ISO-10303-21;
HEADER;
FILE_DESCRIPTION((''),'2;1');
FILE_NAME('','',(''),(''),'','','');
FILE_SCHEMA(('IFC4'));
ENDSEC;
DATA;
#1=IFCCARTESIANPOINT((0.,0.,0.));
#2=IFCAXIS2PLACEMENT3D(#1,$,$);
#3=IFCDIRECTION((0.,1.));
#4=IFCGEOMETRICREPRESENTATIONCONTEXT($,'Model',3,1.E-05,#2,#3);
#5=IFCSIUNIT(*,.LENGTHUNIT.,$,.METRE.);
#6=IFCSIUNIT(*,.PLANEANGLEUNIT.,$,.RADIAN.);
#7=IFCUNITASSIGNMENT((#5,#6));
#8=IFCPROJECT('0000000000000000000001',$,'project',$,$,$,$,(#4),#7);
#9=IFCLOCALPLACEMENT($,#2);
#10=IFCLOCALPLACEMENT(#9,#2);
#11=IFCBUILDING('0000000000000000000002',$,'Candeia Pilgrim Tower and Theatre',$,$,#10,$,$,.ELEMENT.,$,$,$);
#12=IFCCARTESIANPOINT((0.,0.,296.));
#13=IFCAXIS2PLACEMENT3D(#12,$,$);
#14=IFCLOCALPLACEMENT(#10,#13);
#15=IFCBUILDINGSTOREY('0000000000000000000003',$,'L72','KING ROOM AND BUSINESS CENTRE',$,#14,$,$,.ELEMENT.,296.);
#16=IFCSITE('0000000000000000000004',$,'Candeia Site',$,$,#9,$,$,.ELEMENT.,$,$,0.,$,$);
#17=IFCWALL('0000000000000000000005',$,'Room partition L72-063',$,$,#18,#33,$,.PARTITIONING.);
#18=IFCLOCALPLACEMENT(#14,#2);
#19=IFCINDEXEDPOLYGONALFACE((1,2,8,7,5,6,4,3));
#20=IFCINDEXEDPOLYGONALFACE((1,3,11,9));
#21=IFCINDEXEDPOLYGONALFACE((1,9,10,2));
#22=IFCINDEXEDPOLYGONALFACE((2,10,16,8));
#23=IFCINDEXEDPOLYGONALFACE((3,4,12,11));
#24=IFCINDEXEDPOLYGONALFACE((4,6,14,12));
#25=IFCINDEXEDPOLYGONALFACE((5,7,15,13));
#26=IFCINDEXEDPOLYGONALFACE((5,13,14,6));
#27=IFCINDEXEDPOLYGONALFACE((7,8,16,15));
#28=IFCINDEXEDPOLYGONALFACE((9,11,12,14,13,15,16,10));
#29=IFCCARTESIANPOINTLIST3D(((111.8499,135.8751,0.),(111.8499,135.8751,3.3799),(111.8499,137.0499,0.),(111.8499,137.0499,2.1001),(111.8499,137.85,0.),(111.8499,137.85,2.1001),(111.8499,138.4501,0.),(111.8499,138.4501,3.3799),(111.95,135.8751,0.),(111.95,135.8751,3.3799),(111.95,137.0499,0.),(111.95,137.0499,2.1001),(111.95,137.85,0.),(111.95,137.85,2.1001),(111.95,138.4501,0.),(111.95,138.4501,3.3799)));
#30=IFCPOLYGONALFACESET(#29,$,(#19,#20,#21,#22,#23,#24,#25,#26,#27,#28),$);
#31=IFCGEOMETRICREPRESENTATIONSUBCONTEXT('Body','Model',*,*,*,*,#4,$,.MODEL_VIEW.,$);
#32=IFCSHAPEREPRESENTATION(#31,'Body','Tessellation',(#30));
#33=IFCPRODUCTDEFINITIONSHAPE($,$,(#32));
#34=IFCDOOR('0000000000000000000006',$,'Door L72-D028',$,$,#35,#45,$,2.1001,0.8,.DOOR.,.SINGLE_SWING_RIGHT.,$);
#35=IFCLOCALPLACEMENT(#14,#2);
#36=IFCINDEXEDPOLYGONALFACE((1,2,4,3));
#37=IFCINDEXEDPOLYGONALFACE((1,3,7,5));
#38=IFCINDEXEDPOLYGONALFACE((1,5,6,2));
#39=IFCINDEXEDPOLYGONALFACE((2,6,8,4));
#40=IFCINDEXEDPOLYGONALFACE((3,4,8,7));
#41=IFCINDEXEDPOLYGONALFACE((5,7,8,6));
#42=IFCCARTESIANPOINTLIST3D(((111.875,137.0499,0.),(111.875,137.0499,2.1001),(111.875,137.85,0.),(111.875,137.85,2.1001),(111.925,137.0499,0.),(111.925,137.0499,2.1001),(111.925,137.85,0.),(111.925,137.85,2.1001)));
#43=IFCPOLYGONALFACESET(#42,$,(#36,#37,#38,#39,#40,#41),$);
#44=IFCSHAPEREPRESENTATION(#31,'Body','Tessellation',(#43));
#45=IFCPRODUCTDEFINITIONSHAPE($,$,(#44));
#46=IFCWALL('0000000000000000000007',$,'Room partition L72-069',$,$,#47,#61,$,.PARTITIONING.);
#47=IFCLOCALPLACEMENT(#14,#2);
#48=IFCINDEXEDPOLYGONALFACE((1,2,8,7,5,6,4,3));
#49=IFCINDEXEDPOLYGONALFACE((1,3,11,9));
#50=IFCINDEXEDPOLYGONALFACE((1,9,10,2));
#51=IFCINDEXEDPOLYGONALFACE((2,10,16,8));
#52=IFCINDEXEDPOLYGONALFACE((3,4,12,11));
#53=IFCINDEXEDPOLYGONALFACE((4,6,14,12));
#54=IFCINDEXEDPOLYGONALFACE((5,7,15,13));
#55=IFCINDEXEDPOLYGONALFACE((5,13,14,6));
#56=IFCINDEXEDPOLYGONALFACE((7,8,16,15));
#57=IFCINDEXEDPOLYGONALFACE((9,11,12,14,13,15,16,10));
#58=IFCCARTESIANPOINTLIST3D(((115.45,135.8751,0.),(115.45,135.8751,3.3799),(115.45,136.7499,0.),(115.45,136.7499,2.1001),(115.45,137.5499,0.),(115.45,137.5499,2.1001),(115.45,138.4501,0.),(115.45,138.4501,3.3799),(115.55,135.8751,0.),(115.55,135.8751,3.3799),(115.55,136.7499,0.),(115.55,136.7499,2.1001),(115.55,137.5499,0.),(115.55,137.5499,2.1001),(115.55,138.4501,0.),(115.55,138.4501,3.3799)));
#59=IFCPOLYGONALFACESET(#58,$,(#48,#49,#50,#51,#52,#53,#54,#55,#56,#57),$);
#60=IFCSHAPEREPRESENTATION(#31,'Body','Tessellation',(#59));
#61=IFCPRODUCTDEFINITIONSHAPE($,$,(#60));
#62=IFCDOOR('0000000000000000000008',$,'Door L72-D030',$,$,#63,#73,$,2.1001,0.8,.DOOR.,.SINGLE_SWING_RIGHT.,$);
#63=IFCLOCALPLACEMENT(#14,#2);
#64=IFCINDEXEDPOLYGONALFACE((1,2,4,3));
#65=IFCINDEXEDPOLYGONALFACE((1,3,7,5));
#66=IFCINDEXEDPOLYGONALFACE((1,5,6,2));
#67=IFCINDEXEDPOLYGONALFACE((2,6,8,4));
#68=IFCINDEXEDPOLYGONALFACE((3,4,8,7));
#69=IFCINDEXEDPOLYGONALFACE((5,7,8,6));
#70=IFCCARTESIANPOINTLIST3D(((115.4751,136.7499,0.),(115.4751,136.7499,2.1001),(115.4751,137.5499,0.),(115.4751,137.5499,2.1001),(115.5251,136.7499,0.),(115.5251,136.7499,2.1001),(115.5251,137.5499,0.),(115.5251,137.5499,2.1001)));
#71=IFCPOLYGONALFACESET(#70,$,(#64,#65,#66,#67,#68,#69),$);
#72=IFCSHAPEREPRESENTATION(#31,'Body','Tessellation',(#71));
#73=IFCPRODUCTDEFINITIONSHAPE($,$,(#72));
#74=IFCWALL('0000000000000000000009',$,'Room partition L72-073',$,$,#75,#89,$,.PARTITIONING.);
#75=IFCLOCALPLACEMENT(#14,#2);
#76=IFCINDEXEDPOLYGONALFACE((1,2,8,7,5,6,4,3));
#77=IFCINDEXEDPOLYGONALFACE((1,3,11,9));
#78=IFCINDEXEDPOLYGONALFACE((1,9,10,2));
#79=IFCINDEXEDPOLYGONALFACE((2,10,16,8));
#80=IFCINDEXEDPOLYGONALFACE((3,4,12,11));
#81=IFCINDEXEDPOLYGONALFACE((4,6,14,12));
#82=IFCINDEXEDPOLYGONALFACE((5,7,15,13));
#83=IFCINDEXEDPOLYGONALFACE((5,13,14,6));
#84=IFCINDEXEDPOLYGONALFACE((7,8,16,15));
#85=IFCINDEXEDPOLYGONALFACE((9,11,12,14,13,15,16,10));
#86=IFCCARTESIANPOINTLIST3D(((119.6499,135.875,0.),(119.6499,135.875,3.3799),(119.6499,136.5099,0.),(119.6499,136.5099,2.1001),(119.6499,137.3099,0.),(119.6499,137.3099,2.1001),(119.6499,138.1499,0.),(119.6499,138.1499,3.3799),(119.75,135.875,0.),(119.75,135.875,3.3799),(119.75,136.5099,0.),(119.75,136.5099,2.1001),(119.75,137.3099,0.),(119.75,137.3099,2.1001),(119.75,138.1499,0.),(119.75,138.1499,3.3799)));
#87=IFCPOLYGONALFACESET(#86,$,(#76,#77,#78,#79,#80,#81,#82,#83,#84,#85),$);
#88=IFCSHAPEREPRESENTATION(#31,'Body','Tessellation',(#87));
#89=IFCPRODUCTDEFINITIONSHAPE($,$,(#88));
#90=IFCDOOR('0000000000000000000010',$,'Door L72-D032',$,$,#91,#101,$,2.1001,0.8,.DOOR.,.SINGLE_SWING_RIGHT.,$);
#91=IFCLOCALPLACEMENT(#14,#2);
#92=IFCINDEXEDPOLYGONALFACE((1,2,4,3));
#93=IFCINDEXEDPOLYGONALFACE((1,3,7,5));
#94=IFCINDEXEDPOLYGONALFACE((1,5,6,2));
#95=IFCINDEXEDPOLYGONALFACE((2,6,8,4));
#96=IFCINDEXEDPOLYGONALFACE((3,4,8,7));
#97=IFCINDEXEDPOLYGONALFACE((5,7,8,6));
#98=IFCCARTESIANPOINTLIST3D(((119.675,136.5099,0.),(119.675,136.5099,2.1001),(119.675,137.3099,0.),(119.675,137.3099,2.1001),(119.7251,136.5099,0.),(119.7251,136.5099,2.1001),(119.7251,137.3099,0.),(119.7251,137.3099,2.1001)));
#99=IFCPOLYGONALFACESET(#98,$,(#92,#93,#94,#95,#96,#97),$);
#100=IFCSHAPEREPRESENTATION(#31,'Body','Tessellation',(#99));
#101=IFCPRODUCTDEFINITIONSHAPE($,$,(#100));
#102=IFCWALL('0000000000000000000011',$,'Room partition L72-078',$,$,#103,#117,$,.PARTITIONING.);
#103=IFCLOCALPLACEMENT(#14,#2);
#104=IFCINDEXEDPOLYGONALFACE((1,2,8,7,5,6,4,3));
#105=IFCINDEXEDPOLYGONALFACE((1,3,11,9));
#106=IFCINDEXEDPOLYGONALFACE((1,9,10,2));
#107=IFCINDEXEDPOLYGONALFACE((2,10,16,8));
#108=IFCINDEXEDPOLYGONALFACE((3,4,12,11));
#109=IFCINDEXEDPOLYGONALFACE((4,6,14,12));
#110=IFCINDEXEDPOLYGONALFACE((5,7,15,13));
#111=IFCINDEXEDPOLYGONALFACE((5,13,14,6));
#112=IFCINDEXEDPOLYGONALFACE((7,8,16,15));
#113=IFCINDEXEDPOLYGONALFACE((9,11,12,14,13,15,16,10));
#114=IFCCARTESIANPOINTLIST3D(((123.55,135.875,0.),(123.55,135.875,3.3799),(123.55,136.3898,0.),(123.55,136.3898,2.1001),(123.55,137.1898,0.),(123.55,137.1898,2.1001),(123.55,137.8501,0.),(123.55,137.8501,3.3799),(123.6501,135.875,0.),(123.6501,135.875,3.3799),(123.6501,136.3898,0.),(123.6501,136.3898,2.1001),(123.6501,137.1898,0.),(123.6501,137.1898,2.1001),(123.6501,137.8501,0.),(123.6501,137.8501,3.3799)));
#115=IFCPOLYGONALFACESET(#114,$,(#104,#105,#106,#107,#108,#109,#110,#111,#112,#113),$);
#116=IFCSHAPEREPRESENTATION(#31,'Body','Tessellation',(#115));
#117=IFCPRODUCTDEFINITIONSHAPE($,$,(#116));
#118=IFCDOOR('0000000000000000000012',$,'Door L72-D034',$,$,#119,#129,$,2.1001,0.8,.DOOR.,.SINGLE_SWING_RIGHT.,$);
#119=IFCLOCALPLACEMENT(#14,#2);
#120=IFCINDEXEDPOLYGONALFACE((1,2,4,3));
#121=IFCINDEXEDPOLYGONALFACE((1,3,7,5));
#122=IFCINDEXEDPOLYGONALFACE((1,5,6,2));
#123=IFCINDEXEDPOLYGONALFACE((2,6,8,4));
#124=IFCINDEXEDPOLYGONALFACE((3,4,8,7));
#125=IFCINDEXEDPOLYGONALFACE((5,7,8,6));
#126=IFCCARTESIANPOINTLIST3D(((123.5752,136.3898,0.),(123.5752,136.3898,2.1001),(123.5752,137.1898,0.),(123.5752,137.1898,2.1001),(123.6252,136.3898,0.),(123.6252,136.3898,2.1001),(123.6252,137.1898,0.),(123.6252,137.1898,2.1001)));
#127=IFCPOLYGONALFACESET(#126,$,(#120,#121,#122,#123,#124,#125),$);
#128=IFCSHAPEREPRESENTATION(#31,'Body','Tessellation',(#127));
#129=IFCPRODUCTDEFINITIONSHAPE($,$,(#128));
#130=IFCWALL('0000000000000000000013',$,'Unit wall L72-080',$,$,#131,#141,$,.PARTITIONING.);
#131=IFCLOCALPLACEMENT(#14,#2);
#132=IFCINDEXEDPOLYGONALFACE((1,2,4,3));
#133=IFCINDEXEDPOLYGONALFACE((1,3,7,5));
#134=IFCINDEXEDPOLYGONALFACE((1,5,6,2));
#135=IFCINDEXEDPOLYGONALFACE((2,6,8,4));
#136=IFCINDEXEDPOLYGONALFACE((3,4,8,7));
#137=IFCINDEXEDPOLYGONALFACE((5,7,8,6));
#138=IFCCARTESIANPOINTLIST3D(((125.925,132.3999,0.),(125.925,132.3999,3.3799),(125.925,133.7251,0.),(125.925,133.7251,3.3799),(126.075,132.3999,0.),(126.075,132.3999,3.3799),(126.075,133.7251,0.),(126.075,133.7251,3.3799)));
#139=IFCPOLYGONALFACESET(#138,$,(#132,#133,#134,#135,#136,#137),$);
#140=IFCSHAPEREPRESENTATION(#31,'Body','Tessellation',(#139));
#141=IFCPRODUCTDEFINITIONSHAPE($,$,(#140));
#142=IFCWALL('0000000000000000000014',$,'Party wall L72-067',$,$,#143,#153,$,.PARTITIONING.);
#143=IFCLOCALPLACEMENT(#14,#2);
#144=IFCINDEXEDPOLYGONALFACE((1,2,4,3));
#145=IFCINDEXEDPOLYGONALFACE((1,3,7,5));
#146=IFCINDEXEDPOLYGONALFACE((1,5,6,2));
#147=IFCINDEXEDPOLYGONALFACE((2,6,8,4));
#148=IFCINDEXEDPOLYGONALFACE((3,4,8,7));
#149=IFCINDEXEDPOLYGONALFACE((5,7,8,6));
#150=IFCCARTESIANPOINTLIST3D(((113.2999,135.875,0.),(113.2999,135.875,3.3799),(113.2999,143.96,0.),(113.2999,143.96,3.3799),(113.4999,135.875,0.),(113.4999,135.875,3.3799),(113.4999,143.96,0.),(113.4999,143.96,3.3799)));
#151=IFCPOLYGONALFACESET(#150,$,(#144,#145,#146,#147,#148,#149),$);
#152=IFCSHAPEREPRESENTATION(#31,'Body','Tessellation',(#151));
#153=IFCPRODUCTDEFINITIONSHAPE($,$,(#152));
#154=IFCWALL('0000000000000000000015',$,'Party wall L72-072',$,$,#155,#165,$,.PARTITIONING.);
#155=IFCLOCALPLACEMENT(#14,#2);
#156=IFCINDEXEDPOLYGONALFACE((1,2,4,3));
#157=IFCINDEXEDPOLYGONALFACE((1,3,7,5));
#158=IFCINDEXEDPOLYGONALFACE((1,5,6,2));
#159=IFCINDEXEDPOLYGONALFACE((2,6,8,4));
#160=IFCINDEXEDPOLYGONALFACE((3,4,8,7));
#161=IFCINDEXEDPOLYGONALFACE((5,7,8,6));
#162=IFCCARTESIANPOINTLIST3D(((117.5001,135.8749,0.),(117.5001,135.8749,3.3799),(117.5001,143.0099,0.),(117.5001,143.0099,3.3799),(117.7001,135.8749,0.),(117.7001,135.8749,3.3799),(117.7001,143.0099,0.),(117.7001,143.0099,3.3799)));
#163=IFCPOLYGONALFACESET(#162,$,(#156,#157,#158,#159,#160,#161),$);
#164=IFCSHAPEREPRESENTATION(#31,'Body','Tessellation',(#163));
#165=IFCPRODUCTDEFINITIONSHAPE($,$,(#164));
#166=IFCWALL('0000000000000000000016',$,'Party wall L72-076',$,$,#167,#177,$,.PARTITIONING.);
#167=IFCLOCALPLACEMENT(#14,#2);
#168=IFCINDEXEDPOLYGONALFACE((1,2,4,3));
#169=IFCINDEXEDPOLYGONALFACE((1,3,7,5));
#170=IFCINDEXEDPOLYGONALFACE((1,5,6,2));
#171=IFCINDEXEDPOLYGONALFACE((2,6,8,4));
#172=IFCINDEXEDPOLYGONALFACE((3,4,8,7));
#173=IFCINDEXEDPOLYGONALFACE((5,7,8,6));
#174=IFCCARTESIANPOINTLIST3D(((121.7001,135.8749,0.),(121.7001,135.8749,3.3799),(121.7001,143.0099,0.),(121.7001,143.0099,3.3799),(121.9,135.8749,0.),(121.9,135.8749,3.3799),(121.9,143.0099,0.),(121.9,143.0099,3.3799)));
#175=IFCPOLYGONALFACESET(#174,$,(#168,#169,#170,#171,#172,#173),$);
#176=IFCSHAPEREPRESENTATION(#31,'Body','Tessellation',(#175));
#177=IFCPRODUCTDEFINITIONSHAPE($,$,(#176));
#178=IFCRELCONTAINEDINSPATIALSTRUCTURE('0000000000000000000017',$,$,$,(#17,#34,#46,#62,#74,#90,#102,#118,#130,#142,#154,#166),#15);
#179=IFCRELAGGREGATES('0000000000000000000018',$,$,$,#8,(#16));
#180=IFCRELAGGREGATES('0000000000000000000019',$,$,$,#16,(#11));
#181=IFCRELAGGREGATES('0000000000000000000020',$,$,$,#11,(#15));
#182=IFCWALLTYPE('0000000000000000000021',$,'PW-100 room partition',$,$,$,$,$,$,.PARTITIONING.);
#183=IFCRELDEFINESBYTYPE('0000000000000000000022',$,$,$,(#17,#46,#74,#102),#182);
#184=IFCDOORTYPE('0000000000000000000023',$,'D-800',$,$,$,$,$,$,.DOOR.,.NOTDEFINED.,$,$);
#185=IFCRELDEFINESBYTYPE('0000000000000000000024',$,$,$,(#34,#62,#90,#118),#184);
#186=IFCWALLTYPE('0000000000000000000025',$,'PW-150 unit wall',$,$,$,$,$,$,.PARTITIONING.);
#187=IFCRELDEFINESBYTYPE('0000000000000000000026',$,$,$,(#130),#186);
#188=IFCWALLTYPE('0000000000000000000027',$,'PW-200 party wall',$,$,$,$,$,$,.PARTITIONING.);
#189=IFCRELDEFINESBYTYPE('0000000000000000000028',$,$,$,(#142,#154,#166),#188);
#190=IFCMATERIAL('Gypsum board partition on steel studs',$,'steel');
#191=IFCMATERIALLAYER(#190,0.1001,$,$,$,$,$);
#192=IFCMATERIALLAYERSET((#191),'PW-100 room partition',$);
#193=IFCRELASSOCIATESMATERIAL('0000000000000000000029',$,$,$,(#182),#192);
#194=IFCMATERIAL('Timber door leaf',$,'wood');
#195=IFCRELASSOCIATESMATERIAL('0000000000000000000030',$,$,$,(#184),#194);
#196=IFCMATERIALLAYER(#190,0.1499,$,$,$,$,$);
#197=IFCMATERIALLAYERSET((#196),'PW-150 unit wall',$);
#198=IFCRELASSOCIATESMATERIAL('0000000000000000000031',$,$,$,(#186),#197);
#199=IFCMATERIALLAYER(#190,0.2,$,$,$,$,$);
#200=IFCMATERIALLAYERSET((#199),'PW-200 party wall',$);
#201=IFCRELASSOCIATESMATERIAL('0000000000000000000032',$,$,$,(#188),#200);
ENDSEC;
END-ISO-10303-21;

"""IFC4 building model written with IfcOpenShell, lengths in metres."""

from ifc_helpers import new_model, si_unit, direction, frame, frame_2d, origin, place, context, subcontext, project, spatial, rectangle, extrude, material, layer, layer_set, type_object, element, fill, save


model = new_model("IFC4")

# Units and contexts
model_context = context("Model", 3, precision=1e-05, world=origin(), true_north=direction((0.0, 1.0)))
body_context = subcontext(model_context, "Body", "Model", "MODEL_VIEW")
ifc_project = project(units=[si_unit("LENGTHUNIT", "METRE"), si_unit("PLANEANGLEUNIT", "RADIAN")], contexts=[model_context])

# Site, building, storey
site_placement = place(None, origin())
site = spatial("IfcSite", under=ifc_project, at=site_placement, Name="Candeia Site", CompositionType="ELEMENT", RefElevation=0.0)
building_placement = place(site_placement, origin())
building = spatial("IfcBuilding", under=site, at=building_placement, Name="Candeia Pilgrim Tower and Theatre", CompositionType="ELEMENT")
storey_placement = place(building_placement, frame((0.0, 0.0, 296.0)))
storey = spatial("IfcBuildingStorey", under=building, at=storey_placement, Name="L72", Description="KING ROOM AND BUSINESS CENTRE", CompositionType="ELEMENT", Elevation=296.0)

# Shared definitions
ifc_material_1 = material(Name="Gypsum board partition on steel studs", Category="steel")
ifc_layer_1 = layer(ifc_material_1, 0.1001)
ifc_layer_set_1 = layer_set([ifc_layer_1], Name="PW-100 room partition")
wall_type_1 = type_object("IfcWallType", Name="PW-100 room partition", PredefinedType="PARTITIONING", material=ifc_layer_set_1)

# Walls, openings, doors
wall_1_placement = place(storey_placement, frame((111.8999, 135.875, 0.0), z_axis=(0.0, 0.0, 1.0), x_axis=(0.0, 1.0, 0.0)))
wall_1 = element("IfcWall", 1, at=wall_1_placement, inside=storey, type_object=wall_type_1, Name="Room partition L72-063", PredefinedType="PARTITIONING", context=body_context, shape_type="SweptSolid", body=[
    extrude(rectangle(XDim=2.575, YDim=0.1001, at=frame_2d((1.2876, 0.0))), origin(), (0.0, 0.0, 1.0), 3.3799),
])
opening_1_placement = place(wall_1_placement, frame((1.175, 0.0, 0.0)))
opening_1 = element("IfcOpeningElement", 2, at=opening_1_placement, cuts=wall_1, PredefinedType="OPENING", context=body_context, shape_type="SweptSolid", body=[
    extrude(rectangle(XDim=0.8, YDim=2.1001, at=frame_2d((0.3999, 1.05))), frame((0.0, 0.0601, 0.0), z_axis=(0.0, -1.0, 0.0), x_axis=(1.0, 0.0, 0.0)), (0.0, 0.0, 1.0), 0.1201),
])
ifc_material_2 = material(Name="Timber door leaf", Category="wood")
door_type_1 = type_object("IfcDoorType", Name="D-800", OperationType="NOTDEFINED", PredefinedType="DOOR", material=ifc_material_2)
door_1_placement = place(opening_1_placement, origin())
door_1 = element("IfcDoor", 3, at=door_1_placement, inside=storey, type_object=door_type_1, Name="Door L72-D028", OperationType="SINGLE_SWING_RIGHT", OverallHeight=2.1001, OverallWidth=0.8, PredefinedType="DOOR", context=body_context, shape_type="SweptSolid", body=[
    extrude(rectangle(XDim=0.8, YDim=2.1001, at=frame_2d((0.3999, 1.05))), frame((0.0, 0.0249, 0.0), z_axis=(0.0, -1.0, 0.0), x_axis=(1.0, 0.0, 0.0)), (0.0, 0.0, 1.0), 0.05),
])
fill(opening_1, door_1)
wall_2_placement = place(storey_placement, frame((115.5, 135.875, 0.0), z_axis=(0.0, 0.0, 1.0), x_axis=(0.0, 1.0, 0.0)))
wall_2 = element("IfcWall", 4, at=wall_2_placement, inside=storey, type_object=wall_type_1, Name="Room partition L72-069", PredefinedType="PARTITIONING", context=body_context, shape_type="SweptSolid", body=[
    extrude(rectangle(XDim=2.575, YDim=0.1001, at=frame_2d((1.2876, 0.0))), origin(), (0.0, 0.0, 1.0), 3.3799),
])
opening_2_placement = place(wall_2_placement, frame((0.875, 0.0, 0.0)))
opening_2 = element("IfcOpeningElement", 5, at=opening_2_placement, cuts=wall_2, PredefinedType="OPENING", context=body_context, shape_type="SweptSolid", body=[
    extrude(rectangle(XDim=0.8, YDim=2.1001, at=frame_2d((0.3999, 1.05))), frame((0.0, 0.0601, 0.0), z_axis=(0.0, -1.0, 0.0), x_axis=(1.0, 0.0, 0.0)), (0.0, 0.0, 1.0), 0.1201),
])
door_2_placement = place(opening_2_placement, origin())
door_2 = element("IfcDoor", 6, at=door_2_placement, inside=storey, type_object=door_type_1, Name="Door L72-D030", OperationType="SINGLE_SWING_RIGHT", OverallHeight=2.1001, OverallWidth=0.8, PredefinedType="DOOR", context=body_context, shape_type="SweptSolid", body=[
    extrude(rectangle(XDim=0.8, YDim=2.1001, at=frame_2d((0.3999, 1.05))), frame((0.0, 0.0249, 0.0), z_axis=(0.0, -1.0, 0.0), x_axis=(1.0, 0.0, 0.0)), (0.0, 0.0, 1.0), 0.05),
])
fill(opening_2, door_2)
wall_3_placement = place(storey_placement, frame((119.7, 135.875, 0.0), z_axis=(0.0, 0.0, 1.0), x_axis=(0.0, 1.0, 0.0)))
wall_3 = element("IfcWall", 7, at=wall_3_placement, inside=storey, type_object=wall_type_1, Name="Room partition L72-073", PredefinedType="PARTITIONING", context=body_context, shape_type="SweptSolid", body=[
    extrude(rectangle(XDim=2.2749, YDim=0.1001, at=frame_2d((1.1375, 0.0))), origin(), (0.0, 0.0, 1.0), 3.3799),
])
opening_3_placement = place(wall_3_placement, frame((0.635, 0.0, 0.0)))
opening_3 = element("IfcOpeningElement", 8, at=opening_3_placement, cuts=wall_3, PredefinedType="OPENING", context=body_context, shape_type="SweptSolid", body=[
    extrude(rectangle(XDim=0.8, YDim=2.1001, at=frame_2d((0.3999, 1.05))), frame((0.0, 0.0601, 0.0), z_axis=(0.0, -1.0, 0.0), x_axis=(1.0, 0.0, 0.0)), (0.0, 0.0, 1.0), 0.1201),
])
door_3_placement = place(opening_3_placement, origin())
door_3 = element("IfcDoor", 9, at=door_3_placement, inside=storey, type_object=door_type_1, Name="Door L72-D032", OperationType="SINGLE_SWING_RIGHT", OverallHeight=2.1001, OverallWidth=0.8, PredefinedType="DOOR", context=body_context, shape_type="SweptSolid", body=[
    extrude(rectangle(XDim=0.8, YDim=2.1001, at=frame_2d((0.3999, 1.05))), frame((0.0, 0.0249, 0.0), z_axis=(0.0, -1.0, 0.0), x_axis=(1.0, 0.0, 0.0)), (0.0, 0.0, 1.0), 0.05),
])
fill(opening_3, door_3)
wall_4_placement = place(storey_placement, frame((123.6001, 135.875, 0.0), z_axis=(0.0, 0.0, 1.0), x_axis=(0.0, 1.0, 0.0)))
wall_4 = element("IfcWall", 10, at=wall_4_placement, inside=storey, type_object=wall_type_1, Name="Room partition L72-078", PredefinedType="PARTITIONING", context=body_context, shape_type="SweptSolid", body=[
    extrude(rectangle(XDim=1.9751, YDim=0.1001, at=frame_2d((0.9875, 0.0))), origin(), (0.0, 0.0, 1.0), 3.3799),
])
opening_4_placement = place(wall_4_placement, frame((0.5149, 0.0, 0.0)))
opening_4 = element("IfcOpeningElement", 11, at=opening_4_placement, cuts=wall_4, PredefinedType="OPENING", context=body_context, shape_type="SweptSolid", body=[
    extrude(rectangle(XDim=0.8, YDim=2.1001, at=frame_2d((0.3999, 1.05))), frame((0.0, 0.0601, 0.0), z_axis=(0.0, -1.0, 0.0), x_axis=(1.0, 0.0, 0.0)), (0.0, 0.0, 1.0), 0.1201),
])
door_4_placement = place(opening_4_placement, origin())
door_4 = element("IfcDoor", 12, at=door_4_placement, inside=storey, type_object=door_type_1, Name="Door L72-D034", OperationType="SINGLE_SWING_RIGHT", OverallHeight=2.1001, OverallWidth=0.8, PredefinedType="DOOR", context=body_context, shape_type="SweptSolid", body=[
    extrude(rectangle(XDim=0.8, YDim=2.1001, at=frame_2d((0.3999, 1.05))), frame((0.0, 0.0249, 0.0), z_axis=(0.0, -1.0, 0.0), x_axis=(1.0, 0.0, 0.0)), (0.0, 0.0, 1.0), 0.05),
])
fill(opening_4, door_4)

# Walls
ifc_layer_2 = layer(ifc_material_1, 0.1499)
ifc_layer_set_2 = layer_set([ifc_layer_2], Name="PW-150 unit wall")
wall_type_2 = type_object("IfcWallType", Name="PW-150 unit wall", PredefinedType="PARTITIONING", material=ifc_layer_set_2)
wall_5_placement = place(storey_placement, frame((126.0, 132.3999, 0.0), z_axis=(0.0, 0.0, 1.0), x_axis=(0.0, 1.0, 0.0)))
element("IfcWall", 13, at=wall_5_placement, inside=storey, type_object=wall_type_2, Name="Unit wall L72-080", PredefinedType="PARTITIONING", context=body_context, shape_type="SweptSolid", body=[
    extrude(rectangle(XDim=1.3252, YDim=0.1499, at=frame_2d((0.6626, 0.0))), origin(), (0.0, 0.0, 1.0), 3.3799),
])
ifc_layer_3 = layer(ifc_material_1, 0.2)
ifc_layer_set_3 = layer_set([ifc_layer_3], Name="PW-200 party wall")
wall_type_3 = type_object("IfcWallType", Name="PW-200 party wall", PredefinedType="PARTITIONING", material=ifc_layer_set_3)
wall_6_placement = place(storey_placement, frame((113.3999, 135.875, 0.0), z_axis=(0.0, 0.0, 1.0), x_axis=(0.0, 1.0, 0.0)))
element("IfcWall", 14, at=wall_6_placement, inside=storey, type_object=wall_type_3, Name="Party wall L72-067", PredefinedType="PARTITIONING", context=body_context, shape_type="SweptSolid", body=[
    extrude(rectangle(XDim=8.085, YDim=0.2, at=frame_2d((4.0425, 0.0))), origin(), (0.0, 0.0, 1.0), 3.3799),
])
for number, where, z_axis, x_axis, name in (
    (15, (117.6001, 135.875, 0.0), (0.0, 0.0, 1.0), (0.0, 1.0, 0.0), "Party wall L72-072"),
    (16, (121.8, 135.875, 0.0), (0.0, 0.0, 1.0), (0.0, 1.0, 0.0), "Party wall L72-076"),
):
    element("IfcWall", number, at=place(storey_placement, frame(where, z_axis=z_axis, x_axis=x_axis)), inside=storey, type_object=wall_type_3, Name=name, PredefinedType="PARTITIONING", context=body_context, shape_type="SweptSolid", body=[
        extrude(rectangle(XDim=7.135, YDim=0.2, at=frame_2d((3.5674, 0.0))), origin(), (0.0, 0.0, 1.0), 3.3799),
    ])

save(model, "model.ifc")
